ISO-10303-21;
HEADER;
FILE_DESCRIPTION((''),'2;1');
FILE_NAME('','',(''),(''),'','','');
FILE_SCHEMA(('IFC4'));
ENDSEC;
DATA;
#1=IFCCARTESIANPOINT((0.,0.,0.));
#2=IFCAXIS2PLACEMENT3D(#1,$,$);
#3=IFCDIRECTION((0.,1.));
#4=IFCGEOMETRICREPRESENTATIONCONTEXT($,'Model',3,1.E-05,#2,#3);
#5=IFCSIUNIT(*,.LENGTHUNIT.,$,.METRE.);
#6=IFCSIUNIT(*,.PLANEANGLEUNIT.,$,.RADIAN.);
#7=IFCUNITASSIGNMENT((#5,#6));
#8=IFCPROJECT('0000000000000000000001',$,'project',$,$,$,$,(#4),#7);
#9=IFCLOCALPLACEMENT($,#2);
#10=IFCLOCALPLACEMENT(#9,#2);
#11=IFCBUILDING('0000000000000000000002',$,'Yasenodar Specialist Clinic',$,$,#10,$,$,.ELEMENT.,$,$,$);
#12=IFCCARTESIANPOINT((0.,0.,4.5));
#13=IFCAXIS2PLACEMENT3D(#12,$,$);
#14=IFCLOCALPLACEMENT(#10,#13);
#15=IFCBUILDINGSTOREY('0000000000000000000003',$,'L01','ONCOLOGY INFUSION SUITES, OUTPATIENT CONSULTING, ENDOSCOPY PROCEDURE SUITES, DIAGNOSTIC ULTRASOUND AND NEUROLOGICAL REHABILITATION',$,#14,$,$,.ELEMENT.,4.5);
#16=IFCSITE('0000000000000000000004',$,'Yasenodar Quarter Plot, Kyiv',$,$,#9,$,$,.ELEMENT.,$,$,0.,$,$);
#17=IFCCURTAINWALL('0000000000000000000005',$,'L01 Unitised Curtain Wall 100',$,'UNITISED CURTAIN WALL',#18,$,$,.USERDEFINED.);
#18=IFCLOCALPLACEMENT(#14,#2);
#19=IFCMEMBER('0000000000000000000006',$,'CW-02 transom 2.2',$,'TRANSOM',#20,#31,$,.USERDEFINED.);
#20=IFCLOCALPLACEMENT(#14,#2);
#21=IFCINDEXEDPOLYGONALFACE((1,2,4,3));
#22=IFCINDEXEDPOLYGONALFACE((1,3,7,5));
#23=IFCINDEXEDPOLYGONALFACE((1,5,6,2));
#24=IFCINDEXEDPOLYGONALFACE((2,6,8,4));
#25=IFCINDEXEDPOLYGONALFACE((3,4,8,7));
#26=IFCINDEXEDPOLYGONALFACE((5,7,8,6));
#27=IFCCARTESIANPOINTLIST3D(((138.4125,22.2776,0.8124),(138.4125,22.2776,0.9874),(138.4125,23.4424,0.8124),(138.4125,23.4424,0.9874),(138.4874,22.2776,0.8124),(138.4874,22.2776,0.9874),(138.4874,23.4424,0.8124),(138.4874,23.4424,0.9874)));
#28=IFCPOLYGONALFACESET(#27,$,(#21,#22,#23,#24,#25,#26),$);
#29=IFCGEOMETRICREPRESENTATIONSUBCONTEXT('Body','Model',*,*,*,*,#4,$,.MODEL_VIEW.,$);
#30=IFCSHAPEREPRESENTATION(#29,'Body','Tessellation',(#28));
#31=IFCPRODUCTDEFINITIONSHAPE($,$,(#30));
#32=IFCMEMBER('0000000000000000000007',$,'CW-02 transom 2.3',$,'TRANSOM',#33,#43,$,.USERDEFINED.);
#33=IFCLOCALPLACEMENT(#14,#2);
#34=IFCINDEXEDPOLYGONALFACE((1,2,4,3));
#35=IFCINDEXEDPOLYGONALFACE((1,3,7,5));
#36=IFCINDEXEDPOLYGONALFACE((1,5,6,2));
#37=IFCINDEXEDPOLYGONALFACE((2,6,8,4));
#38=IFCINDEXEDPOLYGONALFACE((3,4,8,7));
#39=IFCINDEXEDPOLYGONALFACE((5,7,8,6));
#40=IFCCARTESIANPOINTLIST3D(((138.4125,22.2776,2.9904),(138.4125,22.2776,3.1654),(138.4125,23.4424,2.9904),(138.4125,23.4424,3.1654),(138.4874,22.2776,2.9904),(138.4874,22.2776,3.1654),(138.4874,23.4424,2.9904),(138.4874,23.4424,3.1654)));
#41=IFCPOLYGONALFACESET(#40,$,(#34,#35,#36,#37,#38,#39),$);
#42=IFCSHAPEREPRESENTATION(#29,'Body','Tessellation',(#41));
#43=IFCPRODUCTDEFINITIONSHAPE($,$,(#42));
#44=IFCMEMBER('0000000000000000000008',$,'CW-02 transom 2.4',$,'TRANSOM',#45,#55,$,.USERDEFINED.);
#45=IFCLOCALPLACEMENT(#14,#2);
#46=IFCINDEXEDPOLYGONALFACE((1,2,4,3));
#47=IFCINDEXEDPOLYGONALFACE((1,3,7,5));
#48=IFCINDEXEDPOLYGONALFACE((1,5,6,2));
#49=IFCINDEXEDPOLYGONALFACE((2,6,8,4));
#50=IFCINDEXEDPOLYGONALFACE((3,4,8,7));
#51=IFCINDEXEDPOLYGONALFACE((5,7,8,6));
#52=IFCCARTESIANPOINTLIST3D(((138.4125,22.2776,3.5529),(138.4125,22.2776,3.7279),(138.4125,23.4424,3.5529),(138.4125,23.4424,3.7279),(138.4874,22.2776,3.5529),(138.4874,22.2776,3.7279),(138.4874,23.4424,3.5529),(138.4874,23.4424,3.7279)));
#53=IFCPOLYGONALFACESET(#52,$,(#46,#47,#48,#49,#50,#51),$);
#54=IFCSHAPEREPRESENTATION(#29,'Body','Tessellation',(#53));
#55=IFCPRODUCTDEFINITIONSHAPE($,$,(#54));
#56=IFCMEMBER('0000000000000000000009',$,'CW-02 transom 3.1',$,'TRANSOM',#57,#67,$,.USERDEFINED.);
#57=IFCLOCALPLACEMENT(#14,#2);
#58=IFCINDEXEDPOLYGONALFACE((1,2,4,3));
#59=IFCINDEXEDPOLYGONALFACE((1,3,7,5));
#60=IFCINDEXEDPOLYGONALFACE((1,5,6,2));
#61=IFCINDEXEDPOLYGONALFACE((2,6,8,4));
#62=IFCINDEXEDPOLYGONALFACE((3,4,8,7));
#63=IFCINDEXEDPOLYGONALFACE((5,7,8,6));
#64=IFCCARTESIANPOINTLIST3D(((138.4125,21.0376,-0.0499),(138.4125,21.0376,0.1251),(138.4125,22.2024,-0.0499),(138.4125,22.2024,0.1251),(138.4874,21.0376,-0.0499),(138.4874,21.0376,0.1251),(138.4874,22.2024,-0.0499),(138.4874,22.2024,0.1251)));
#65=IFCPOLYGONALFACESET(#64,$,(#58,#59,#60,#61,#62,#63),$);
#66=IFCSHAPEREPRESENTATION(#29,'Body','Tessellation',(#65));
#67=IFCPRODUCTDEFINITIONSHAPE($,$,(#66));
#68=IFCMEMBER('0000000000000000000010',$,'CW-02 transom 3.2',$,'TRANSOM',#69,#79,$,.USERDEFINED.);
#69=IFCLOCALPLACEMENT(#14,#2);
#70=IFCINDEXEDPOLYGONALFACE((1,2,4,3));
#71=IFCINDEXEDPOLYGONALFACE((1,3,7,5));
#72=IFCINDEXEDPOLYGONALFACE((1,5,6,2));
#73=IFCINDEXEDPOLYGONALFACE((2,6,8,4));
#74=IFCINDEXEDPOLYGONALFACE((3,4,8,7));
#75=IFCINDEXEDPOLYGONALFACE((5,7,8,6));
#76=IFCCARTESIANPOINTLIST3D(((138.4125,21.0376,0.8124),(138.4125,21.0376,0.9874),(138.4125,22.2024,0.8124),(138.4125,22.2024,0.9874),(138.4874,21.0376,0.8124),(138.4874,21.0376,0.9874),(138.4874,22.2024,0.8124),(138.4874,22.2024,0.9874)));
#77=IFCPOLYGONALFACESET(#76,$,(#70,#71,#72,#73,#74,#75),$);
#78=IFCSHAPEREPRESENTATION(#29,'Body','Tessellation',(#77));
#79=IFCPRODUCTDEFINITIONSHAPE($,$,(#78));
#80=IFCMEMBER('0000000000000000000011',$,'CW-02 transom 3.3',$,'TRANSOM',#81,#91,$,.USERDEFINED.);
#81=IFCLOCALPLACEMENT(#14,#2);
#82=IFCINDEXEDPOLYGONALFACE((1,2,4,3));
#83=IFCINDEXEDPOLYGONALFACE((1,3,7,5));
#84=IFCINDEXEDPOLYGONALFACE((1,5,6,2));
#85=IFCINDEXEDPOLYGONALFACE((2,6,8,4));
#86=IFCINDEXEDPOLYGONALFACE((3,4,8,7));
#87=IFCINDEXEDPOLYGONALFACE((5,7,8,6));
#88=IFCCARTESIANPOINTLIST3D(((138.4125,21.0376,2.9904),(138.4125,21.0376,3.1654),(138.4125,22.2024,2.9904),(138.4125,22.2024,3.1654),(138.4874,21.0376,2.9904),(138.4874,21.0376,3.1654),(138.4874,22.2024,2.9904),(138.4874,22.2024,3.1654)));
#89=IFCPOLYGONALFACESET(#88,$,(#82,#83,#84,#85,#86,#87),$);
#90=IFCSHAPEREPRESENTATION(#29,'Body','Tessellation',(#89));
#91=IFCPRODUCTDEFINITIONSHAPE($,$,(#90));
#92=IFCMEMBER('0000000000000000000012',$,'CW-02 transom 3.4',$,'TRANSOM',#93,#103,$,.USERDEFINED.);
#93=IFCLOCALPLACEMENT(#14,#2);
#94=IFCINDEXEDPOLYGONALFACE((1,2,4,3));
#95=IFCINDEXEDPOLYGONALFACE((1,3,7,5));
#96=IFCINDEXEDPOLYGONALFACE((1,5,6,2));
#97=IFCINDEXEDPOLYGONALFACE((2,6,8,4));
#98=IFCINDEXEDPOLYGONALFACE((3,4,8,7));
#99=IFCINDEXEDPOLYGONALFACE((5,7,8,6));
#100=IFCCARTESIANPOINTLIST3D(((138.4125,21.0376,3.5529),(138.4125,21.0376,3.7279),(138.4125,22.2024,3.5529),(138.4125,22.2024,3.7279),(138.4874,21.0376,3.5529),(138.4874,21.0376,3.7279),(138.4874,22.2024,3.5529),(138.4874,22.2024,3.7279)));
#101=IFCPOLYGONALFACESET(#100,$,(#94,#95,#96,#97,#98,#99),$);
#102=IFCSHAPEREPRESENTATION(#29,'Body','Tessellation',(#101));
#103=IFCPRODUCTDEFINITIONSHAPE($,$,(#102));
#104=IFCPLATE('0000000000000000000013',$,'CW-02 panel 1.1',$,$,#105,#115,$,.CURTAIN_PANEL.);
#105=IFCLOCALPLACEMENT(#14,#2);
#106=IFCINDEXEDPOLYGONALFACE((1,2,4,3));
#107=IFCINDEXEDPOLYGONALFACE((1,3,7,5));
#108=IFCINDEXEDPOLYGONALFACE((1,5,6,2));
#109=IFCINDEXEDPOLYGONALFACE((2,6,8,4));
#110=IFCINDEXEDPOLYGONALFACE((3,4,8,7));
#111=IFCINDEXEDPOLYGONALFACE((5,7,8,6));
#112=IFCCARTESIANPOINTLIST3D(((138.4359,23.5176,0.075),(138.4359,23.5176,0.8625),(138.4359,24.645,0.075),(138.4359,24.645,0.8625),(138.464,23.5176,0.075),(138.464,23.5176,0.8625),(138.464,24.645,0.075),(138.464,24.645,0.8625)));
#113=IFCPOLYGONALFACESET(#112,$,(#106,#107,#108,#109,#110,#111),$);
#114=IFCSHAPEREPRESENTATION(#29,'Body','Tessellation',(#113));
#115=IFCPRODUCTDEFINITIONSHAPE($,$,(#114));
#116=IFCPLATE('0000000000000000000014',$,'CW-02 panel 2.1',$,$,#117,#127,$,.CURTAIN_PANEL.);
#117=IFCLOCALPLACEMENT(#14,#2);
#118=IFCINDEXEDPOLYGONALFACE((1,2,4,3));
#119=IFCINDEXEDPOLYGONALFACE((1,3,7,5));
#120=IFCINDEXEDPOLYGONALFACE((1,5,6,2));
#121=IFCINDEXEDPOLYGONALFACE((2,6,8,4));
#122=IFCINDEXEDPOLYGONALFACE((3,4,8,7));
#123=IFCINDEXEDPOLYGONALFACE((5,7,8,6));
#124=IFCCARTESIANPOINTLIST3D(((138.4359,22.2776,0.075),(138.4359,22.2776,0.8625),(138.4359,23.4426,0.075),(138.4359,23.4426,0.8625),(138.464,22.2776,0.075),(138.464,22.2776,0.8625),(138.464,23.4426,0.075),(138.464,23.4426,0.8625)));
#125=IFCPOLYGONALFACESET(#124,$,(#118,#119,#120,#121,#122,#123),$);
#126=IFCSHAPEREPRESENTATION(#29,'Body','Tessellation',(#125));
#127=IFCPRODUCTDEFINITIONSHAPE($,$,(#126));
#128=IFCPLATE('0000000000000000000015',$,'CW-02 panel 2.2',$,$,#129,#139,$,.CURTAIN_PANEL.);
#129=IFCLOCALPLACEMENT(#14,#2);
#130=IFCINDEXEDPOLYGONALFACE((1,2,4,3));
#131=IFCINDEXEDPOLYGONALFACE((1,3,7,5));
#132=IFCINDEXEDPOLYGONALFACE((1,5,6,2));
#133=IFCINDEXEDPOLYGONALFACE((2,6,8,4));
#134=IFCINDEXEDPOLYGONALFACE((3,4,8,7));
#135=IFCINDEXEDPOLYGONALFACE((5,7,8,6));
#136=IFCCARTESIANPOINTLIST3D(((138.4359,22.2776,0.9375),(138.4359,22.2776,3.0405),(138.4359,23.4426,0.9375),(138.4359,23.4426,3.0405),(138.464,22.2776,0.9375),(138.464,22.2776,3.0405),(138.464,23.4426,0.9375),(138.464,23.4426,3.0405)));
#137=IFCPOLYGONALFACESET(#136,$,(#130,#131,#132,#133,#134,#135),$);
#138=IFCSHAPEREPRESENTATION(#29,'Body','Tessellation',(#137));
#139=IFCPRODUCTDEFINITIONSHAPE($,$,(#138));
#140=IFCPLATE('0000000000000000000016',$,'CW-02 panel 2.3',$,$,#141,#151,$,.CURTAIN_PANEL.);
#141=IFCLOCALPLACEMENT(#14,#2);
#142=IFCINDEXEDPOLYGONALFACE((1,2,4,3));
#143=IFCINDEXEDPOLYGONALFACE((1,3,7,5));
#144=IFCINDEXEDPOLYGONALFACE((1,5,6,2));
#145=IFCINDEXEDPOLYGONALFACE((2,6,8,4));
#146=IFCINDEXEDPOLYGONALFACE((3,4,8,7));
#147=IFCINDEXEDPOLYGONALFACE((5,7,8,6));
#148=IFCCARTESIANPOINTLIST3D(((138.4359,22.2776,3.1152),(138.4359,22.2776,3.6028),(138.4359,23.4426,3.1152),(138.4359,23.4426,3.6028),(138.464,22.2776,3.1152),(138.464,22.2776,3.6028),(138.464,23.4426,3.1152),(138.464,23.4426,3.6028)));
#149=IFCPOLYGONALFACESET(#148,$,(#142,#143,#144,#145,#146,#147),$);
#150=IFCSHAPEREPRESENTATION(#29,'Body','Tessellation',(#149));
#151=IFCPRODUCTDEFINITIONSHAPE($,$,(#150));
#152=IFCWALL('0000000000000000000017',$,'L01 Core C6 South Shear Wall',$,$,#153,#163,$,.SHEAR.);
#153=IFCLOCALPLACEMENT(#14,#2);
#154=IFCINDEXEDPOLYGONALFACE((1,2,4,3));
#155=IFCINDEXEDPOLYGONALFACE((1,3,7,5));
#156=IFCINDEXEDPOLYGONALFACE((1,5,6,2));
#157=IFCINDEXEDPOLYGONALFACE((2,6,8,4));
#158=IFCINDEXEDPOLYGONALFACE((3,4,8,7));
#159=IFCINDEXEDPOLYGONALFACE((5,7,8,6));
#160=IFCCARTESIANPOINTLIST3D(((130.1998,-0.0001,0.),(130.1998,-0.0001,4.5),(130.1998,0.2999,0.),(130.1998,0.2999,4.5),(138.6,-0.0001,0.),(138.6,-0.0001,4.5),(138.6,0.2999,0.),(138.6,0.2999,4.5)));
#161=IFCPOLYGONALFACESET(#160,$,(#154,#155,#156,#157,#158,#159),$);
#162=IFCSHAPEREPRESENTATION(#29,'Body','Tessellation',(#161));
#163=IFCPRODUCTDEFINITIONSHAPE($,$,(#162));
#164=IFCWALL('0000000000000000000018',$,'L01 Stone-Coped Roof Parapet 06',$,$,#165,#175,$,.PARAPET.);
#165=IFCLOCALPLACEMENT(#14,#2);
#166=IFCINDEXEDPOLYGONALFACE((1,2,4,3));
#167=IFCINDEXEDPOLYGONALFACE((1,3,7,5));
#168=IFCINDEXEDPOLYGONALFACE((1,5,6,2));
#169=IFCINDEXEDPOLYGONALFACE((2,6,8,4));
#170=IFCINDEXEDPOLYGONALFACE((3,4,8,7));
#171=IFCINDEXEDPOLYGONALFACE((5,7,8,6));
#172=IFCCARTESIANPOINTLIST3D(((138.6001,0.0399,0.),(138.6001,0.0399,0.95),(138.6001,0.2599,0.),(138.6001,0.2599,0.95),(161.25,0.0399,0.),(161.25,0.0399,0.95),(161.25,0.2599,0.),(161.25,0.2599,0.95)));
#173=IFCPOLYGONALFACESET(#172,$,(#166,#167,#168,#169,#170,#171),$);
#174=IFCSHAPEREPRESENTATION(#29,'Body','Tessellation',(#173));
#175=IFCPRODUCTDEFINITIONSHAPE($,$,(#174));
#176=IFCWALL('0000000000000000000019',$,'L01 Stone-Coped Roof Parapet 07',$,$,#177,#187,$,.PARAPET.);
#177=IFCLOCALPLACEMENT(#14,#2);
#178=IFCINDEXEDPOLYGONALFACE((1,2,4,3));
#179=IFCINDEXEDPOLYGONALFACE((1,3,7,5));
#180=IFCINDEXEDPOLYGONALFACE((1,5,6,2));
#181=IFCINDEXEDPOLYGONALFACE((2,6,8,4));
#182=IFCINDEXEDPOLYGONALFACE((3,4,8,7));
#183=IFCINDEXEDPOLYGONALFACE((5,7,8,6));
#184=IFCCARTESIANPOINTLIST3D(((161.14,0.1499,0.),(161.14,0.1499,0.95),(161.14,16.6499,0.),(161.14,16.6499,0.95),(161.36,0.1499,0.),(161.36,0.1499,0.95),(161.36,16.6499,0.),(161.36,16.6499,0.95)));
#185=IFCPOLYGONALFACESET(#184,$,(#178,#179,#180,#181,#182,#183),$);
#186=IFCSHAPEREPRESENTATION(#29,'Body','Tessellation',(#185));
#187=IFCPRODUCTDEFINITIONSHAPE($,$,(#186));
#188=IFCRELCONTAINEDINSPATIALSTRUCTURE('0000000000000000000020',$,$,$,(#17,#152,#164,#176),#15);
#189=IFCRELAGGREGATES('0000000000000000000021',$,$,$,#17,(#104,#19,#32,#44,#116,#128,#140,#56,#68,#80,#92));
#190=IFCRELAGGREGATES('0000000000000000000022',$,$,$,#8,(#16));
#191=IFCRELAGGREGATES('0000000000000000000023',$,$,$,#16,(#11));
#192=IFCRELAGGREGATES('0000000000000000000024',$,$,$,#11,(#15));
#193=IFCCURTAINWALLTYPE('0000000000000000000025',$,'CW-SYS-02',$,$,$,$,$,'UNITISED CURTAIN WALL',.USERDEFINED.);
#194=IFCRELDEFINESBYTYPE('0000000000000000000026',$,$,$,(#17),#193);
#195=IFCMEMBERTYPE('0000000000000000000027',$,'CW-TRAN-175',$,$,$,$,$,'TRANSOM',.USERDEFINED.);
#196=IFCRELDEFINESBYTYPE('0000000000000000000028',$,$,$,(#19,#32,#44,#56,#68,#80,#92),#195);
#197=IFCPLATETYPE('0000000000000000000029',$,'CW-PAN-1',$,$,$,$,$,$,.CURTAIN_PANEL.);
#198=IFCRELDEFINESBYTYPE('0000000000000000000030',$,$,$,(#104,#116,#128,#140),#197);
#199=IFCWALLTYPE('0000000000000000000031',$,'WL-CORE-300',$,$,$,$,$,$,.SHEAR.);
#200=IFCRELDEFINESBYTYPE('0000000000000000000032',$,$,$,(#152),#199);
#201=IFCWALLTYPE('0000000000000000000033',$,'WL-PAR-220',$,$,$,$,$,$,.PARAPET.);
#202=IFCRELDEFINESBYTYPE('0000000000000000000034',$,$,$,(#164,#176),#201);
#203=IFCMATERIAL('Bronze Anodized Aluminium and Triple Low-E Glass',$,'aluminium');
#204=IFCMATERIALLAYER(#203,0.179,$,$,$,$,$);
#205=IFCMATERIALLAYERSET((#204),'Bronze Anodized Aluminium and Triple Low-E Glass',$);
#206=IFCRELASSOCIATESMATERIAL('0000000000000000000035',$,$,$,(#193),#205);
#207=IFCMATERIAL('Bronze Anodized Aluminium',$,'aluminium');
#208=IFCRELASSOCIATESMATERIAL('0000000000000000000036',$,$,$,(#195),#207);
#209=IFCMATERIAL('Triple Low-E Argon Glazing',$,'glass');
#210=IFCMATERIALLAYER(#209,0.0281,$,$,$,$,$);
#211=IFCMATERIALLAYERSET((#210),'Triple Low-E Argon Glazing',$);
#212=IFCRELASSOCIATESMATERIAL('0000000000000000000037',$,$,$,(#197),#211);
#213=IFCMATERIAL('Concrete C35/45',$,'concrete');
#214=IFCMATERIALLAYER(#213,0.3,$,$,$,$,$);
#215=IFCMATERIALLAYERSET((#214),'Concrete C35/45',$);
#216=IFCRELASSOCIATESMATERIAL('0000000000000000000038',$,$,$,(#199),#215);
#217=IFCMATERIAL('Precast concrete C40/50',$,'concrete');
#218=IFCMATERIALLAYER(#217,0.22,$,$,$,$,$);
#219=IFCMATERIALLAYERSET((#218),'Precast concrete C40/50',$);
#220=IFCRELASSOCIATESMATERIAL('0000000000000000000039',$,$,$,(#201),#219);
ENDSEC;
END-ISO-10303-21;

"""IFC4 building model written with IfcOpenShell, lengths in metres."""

from ifc_helpers import new_model, si_unit, direction, frame, frame_2d, origin, origin_2d, place, context, subcontext, project, spatial, rectangle, extrude, material, layer, layer_set, material_profile, profile_set, type_object, element, aggregate, save


model = new_model("IFC4")

# Units and contexts
model_context = context("Model", 3, precision=1e-05, world=origin(), true_north=direction((0.0, 1.0)))
body_context = subcontext(model_context, "Body", "Model", "MODEL_VIEW")
ifc_project = project(units=[si_unit("LENGTHUNIT", "METRE"), si_unit("PLANEANGLEUNIT", "RADIAN")], contexts=[model_context])

# Site, building, storey
site_placement = place(None, origin())
site = spatial("IfcSite", under=ifc_project, at=site_placement, Name="Yasenodar Quarter Plot, Kyiv", CompositionType="ELEMENT", RefElevation=0.0)
building_placement = place(site_placement, origin())
building = spatial("IfcBuilding", under=site, at=building_placement, Name="Yasenodar Specialist Clinic", CompositionType="ELEMENT")
storey_placement = place(building_placement, frame((0.0, 0.0, 4.5)))
storey = spatial("IfcBuildingStorey", under=building, at=storey_placement, Name="L01", Description="ONCOLOGY INFUSION SUITES, OUTPATIENT CONSULTING, ENDOSCOPY PROCEDURE SUITES, DIAGNOSTIC ULTRASOUND AND NEUROLOGICAL REHABILITATION", CompositionType="ELEMENT", Elevation=4.5)

# Curtain wall, members, plates
ifc_material_1 = material(Name="Bronze Anodized Aluminium and Triple Low-E Glass", Category="aluminium")
ifc_layer_1 = layer(ifc_material_1, 0.179)
ifc_layer_set_1 = layer_set([ifc_layer_1], Name="Bronze Anodized Aluminium and Triple Low-E Glass")
curtain_wall_type = type_object("IfcCurtainWallType", Name="CW-SYS-02", ElementType="UNITISED CURTAIN WALL", PredefinedType="USERDEFINED", material=ifc_layer_set_1)
curtain_wall_placement = place(storey_placement, origin())
curtain_wall = element("IfcCurtainWall", 1, at=curtain_wall_placement, inside=storey, type_object=curtain_wall_type, Name="L01 Unitised Curtain Wall 100", ObjectType="UNITISED CURTAIN WALL", PredefinedType="USERDEFINED")
ifc_material_2 = material(Name="Bronze Anodized Aluminium", Category="aluminium")
ifc_material_profile_1 = material_profile(ifc_material_2, rectangle(XDim=0.075, YDim=0.175, at=origin_2d()), Name="CW-TRAN 75x175")
ifc_profile_set_1 = profile_set([ifc_material_profile_1], Name="Bronze Anodized Aluminium")
member_type_1 = type_object("IfcMemberType", Name="CW-TRAN-175", ElementType="TRANSOM", PredefinedType="USERDEFINED", material=ifc_profile_set_1)
member_1_placement = place(storey_placement, frame((138.45, 23.4424, 0.8999), z_axis=(0.0, -1.0, 0.0), x_axis=(1.0, 0.0, 0.0)))
member_1 = element("IfcMember", 2, at=member_1_placement, type_object=member_type_1, Name="CW-02 transom 2.2", ObjectType="TRANSOM", PredefinedType="USERDEFINED", context=body_context, shape_type="SweptSolid", body=[
    extrude(rectangle(XDim=0.075, YDim=0.175, at=origin_2d()), origin(), (0.0, 0.0, 1.0), 1.1648),
])
member_2_placement = place(storey_placement, frame((138.45, 23.4424, 3.0779), z_axis=(0.0, -1.0, 0.0), x_axis=(1.0, 0.0, 0.0)))
member_2 = element("IfcMember", 3, at=member_2_placement, type_object=member_type_1, Name="CW-02 transom 2.3", ObjectType="TRANSOM", PredefinedType="USERDEFINED", context=body_context, shape_type="SweptSolid", body=[
    extrude(rectangle(XDim=0.075, YDim=0.175, at=origin_2d()), origin(), (0.0, 0.0, 1.0), 1.1648),
])
member_3_placement = place(storey_placement, frame((138.45, 23.4424, 3.6404), z_axis=(0.0, -1.0, 0.0), x_axis=(1.0, 0.0, 0.0)))
member_3 = element("IfcMember", 4, at=member_3_placement, type_object=member_type_1, Name="CW-02 transom 2.4", ObjectType="TRANSOM", PredefinedType="USERDEFINED", context=body_context, shape_type="SweptSolid", body=[
    extrude(rectangle(XDim=0.075, YDim=0.175, at=origin_2d()), origin(), (0.0, 0.0, 1.0), 1.1648),
])
member_4_placement = place(storey_placement, frame((138.45, 22.2024, 0.0376), z_axis=(0.0, -1.0, 0.0), x_axis=(1.0, 0.0, 0.0)))
member_4 = element("IfcMember", 5, at=member_4_placement, type_object=member_type_1, Name="CW-02 transom 3.1", ObjectType="TRANSOM", PredefinedType="USERDEFINED", context=body_context, shape_type="SweptSolid", body=[
    extrude(rectangle(XDim=0.075, YDim=0.175, at=origin_2d()), origin(), (0.0, 0.0, 1.0), 1.1648),
])
member_5_placement = place(storey_placement, frame((138.45, 22.2024, 0.8999), z_axis=(0.0, -1.0, 0.0), x_axis=(1.0, 0.0, 0.0)))
member_5 = element("IfcMember", 6, at=member_5_placement, type_object=member_type_1, Name="CW-02 transom 3.2", ObjectType="TRANSOM", PredefinedType="USERDEFINED", context=body_context, shape_type="SweptSolid", body=[
    extrude(rectangle(XDim=0.075, YDim=0.175, at=origin_2d()), origin(), (0.0, 0.0, 1.0), 1.1648),
])
member_6_placement = place(storey_placement, frame((138.45, 22.2024, 3.0779), z_axis=(0.0, -1.0, 0.0), x_axis=(1.0, 0.0, 0.0)))
member_6 = element("IfcMember", 7, at=member_6_placement, type_object=member_type_1, Name="CW-02 transom 3.3", ObjectType="TRANSOM", PredefinedType="USERDEFINED", context=body_context, shape_type="SweptSolid", body=[
    extrude(rectangle(XDim=0.075, YDim=0.175, at=origin_2d()), origin(), (0.0, 0.0, 1.0), 1.1648),
])
member_7_placement = place(storey_placement, frame((138.45, 22.2024, 3.6404), z_axis=(0.0, -1.0, 0.0), x_axis=(1.0, 0.0, 0.0)))
member_7 = element("IfcMember", 8, at=member_7_placement, type_object=member_type_1, Name="CW-02 transom 3.4", ObjectType="TRANSOM", PredefinedType="USERDEFINED", context=body_context, shape_type="SweptSolid", body=[
    extrude(rectangle(XDim=0.075, YDim=0.175, at=origin_2d()), origin(), (0.0, 0.0, 1.0), 1.1648),
])
ifc_material_3 = material(Name="Triple Low-E Argon Glazing", Category="glass")
ifc_layer_2 = layer(ifc_material_3, 0.0281)
ifc_layer_set_2 = layer_set([ifc_layer_2], Name="Triple Low-E Argon Glazing")
plate_type = type_object("IfcPlateType", Name="CW-PAN-1", PredefinedType="CURTAIN_PANEL", material=ifc_layer_set_2)
plate_1_placement = place(storey_placement, frame((138.45, 24.0813, 0.075), z_axis=(0.0, 0.0, 1.0), x_axis=(0.0, -1.0, 0.0)))
plate_1 = element("IfcPlate", 9, at=plate_1_placement, type_object=plate_type, Name="CW-02 panel 1.1", PredefinedType="CURTAIN_PANEL", context=body_context, shape_type="SweptSolid", body=[
    extrude(rectangle(XDim=1.1274, YDim=0.0281, at=origin_2d()), origin(), (0.0, 0.0, 1.0), 0.7876),
])
plate_2_placement = place(storey_placement, frame((138.45, 22.8601, 0.075), z_axis=(0.0, 0.0, 1.0), x_axis=(0.0, -1.0, 0.0)))
plate_2 = element("IfcPlate", 10, at=plate_2_placement, type_object=plate_type, Name="CW-02 panel 2.1", PredefinedType="CURTAIN_PANEL", context=body_context, shape_type="SweptSolid", body=[
    extrude(rectangle(XDim=1.165, YDim=0.0281, at=origin_2d()), origin(), (0.0, 0.0, 1.0), 0.7876),
])
plate_3_placement = place(storey_placement, frame((138.45, 22.8601, 0.9375), z_axis=(0.0, 0.0, 1.0), x_axis=(0.0, -1.0, 0.0)))
plate_3 = element("IfcPlate", 11, at=plate_3_placement, type_object=plate_type, Name="CW-02 panel 2.2", PredefinedType="CURTAIN_PANEL", context=body_context, shape_type="SweptSolid", body=[
    extrude(rectangle(XDim=1.165, YDim=0.0281, at=origin_2d()), origin(), (0.0, 0.0, 1.0), 2.103),
])
plate_4_placement = place(storey_placement, frame((138.45, 22.8601, 3.1152), z_axis=(0.0, 0.0, 1.0), x_axis=(0.0, -1.0, 0.0)))
plate_4 = element("IfcPlate", 12, at=plate_4_placement, type_object=plate_type, Name="CW-02 panel 2.3", PredefinedType="CURTAIN_PANEL", context=body_context, shape_type="SweptSolid", body=[
    extrude(rectangle(XDim=1.165, YDim=0.0281, at=origin_2d()), origin(), (0.0, 0.0, 1.0), 0.4875),
])
aggregate(curtain_wall, [plate_1, member_1, member_2, member_3, plate_2, plate_3, plate_4, member_4, member_5, member_6, member_7])

# Walls
ifc_material_4 = material(Name="Concrete C35/45", Category="concrete")
ifc_layer_3 = layer(ifc_material_4, 0.3)
ifc_layer_set_3 = layer_set([ifc_layer_3], Name="Concrete C35/45")
wall_type_1 = type_object("IfcWallType", Name="WL-CORE-300", PredefinedType="SHEAR", material=ifc_layer_set_3)
wall_1_placement = place(storey_placement, frame((138.6001, 0.1499, 0.0), z_axis=(0.0, 0.0, 1.0), x_axis=(-1.0, 0.0, 0.0)))
element("IfcWall", 13, at=wall_1_placement, inside=storey, type_object=wall_type_1, Name="L01 Core C6 South Shear Wall", PredefinedType="SHEAR", context=body_context, shape_type="SweptSolid", body=[
    extrude(rectangle(XDim=8.4001, YDim=0.3, at=frame_2d((4.2002, 0.0))), origin(), (0.0, 0.0, 1.0), 4.5),
])
ifc_material_5 = material(Name="Precast concrete C40/50", Category="concrete")
ifc_layer_4 = layer(ifc_material_5, 0.22)
ifc_layer_set_4 = layer_set([ifc_layer_4], Name="Precast concrete C40/50")
wall_type_2 = type_object("IfcWallType", Name="WL-PAR-220", PredefinedType="PARAPET", material=ifc_layer_set_4)
wall_2_placement = place(storey_placement, frame((138.6001, 0.1499, 0.0), z_axis=(0.0, 0.0, 1.0), x_axis=(1.0, 0.0, 0.0)))
element("IfcWall", 14, at=wall_2_placement, inside=storey, type_object=wall_type_2, Name="L01 Stone-Coped Roof Parapet 06", PredefinedType="PARAPET", context=body_context, shape_type="SweptSolid", body=[
    extrude(rectangle(XDim=22.6499, YDim=0.22, at=frame_2d((11.325, 0.0))), origin(), (0.0, 0.0, 1.0), 0.95),
])
wall_3_placement = place(storey_placement, frame((161.25, 0.1499, 0.0), z_axis=(0.0, 0.0, 1.0), x_axis=(0.0, 1.0, 0.0)))
element("IfcWall", 15, at=wall_3_placement, inside=storey, type_object=wall_type_2, Name="L01 Stone-Coped Roof Parapet 07", PredefinedType="PARAPET", context=body_context, shape_type="SweptSolid", body=[
    extrude(rectangle(XDim=16.5, YDim=0.22, at=frame_2d((8.25, 0.0))), origin(), (0.0, 0.0, 1.0), 0.95),
])

save(model, "model.ifc")
